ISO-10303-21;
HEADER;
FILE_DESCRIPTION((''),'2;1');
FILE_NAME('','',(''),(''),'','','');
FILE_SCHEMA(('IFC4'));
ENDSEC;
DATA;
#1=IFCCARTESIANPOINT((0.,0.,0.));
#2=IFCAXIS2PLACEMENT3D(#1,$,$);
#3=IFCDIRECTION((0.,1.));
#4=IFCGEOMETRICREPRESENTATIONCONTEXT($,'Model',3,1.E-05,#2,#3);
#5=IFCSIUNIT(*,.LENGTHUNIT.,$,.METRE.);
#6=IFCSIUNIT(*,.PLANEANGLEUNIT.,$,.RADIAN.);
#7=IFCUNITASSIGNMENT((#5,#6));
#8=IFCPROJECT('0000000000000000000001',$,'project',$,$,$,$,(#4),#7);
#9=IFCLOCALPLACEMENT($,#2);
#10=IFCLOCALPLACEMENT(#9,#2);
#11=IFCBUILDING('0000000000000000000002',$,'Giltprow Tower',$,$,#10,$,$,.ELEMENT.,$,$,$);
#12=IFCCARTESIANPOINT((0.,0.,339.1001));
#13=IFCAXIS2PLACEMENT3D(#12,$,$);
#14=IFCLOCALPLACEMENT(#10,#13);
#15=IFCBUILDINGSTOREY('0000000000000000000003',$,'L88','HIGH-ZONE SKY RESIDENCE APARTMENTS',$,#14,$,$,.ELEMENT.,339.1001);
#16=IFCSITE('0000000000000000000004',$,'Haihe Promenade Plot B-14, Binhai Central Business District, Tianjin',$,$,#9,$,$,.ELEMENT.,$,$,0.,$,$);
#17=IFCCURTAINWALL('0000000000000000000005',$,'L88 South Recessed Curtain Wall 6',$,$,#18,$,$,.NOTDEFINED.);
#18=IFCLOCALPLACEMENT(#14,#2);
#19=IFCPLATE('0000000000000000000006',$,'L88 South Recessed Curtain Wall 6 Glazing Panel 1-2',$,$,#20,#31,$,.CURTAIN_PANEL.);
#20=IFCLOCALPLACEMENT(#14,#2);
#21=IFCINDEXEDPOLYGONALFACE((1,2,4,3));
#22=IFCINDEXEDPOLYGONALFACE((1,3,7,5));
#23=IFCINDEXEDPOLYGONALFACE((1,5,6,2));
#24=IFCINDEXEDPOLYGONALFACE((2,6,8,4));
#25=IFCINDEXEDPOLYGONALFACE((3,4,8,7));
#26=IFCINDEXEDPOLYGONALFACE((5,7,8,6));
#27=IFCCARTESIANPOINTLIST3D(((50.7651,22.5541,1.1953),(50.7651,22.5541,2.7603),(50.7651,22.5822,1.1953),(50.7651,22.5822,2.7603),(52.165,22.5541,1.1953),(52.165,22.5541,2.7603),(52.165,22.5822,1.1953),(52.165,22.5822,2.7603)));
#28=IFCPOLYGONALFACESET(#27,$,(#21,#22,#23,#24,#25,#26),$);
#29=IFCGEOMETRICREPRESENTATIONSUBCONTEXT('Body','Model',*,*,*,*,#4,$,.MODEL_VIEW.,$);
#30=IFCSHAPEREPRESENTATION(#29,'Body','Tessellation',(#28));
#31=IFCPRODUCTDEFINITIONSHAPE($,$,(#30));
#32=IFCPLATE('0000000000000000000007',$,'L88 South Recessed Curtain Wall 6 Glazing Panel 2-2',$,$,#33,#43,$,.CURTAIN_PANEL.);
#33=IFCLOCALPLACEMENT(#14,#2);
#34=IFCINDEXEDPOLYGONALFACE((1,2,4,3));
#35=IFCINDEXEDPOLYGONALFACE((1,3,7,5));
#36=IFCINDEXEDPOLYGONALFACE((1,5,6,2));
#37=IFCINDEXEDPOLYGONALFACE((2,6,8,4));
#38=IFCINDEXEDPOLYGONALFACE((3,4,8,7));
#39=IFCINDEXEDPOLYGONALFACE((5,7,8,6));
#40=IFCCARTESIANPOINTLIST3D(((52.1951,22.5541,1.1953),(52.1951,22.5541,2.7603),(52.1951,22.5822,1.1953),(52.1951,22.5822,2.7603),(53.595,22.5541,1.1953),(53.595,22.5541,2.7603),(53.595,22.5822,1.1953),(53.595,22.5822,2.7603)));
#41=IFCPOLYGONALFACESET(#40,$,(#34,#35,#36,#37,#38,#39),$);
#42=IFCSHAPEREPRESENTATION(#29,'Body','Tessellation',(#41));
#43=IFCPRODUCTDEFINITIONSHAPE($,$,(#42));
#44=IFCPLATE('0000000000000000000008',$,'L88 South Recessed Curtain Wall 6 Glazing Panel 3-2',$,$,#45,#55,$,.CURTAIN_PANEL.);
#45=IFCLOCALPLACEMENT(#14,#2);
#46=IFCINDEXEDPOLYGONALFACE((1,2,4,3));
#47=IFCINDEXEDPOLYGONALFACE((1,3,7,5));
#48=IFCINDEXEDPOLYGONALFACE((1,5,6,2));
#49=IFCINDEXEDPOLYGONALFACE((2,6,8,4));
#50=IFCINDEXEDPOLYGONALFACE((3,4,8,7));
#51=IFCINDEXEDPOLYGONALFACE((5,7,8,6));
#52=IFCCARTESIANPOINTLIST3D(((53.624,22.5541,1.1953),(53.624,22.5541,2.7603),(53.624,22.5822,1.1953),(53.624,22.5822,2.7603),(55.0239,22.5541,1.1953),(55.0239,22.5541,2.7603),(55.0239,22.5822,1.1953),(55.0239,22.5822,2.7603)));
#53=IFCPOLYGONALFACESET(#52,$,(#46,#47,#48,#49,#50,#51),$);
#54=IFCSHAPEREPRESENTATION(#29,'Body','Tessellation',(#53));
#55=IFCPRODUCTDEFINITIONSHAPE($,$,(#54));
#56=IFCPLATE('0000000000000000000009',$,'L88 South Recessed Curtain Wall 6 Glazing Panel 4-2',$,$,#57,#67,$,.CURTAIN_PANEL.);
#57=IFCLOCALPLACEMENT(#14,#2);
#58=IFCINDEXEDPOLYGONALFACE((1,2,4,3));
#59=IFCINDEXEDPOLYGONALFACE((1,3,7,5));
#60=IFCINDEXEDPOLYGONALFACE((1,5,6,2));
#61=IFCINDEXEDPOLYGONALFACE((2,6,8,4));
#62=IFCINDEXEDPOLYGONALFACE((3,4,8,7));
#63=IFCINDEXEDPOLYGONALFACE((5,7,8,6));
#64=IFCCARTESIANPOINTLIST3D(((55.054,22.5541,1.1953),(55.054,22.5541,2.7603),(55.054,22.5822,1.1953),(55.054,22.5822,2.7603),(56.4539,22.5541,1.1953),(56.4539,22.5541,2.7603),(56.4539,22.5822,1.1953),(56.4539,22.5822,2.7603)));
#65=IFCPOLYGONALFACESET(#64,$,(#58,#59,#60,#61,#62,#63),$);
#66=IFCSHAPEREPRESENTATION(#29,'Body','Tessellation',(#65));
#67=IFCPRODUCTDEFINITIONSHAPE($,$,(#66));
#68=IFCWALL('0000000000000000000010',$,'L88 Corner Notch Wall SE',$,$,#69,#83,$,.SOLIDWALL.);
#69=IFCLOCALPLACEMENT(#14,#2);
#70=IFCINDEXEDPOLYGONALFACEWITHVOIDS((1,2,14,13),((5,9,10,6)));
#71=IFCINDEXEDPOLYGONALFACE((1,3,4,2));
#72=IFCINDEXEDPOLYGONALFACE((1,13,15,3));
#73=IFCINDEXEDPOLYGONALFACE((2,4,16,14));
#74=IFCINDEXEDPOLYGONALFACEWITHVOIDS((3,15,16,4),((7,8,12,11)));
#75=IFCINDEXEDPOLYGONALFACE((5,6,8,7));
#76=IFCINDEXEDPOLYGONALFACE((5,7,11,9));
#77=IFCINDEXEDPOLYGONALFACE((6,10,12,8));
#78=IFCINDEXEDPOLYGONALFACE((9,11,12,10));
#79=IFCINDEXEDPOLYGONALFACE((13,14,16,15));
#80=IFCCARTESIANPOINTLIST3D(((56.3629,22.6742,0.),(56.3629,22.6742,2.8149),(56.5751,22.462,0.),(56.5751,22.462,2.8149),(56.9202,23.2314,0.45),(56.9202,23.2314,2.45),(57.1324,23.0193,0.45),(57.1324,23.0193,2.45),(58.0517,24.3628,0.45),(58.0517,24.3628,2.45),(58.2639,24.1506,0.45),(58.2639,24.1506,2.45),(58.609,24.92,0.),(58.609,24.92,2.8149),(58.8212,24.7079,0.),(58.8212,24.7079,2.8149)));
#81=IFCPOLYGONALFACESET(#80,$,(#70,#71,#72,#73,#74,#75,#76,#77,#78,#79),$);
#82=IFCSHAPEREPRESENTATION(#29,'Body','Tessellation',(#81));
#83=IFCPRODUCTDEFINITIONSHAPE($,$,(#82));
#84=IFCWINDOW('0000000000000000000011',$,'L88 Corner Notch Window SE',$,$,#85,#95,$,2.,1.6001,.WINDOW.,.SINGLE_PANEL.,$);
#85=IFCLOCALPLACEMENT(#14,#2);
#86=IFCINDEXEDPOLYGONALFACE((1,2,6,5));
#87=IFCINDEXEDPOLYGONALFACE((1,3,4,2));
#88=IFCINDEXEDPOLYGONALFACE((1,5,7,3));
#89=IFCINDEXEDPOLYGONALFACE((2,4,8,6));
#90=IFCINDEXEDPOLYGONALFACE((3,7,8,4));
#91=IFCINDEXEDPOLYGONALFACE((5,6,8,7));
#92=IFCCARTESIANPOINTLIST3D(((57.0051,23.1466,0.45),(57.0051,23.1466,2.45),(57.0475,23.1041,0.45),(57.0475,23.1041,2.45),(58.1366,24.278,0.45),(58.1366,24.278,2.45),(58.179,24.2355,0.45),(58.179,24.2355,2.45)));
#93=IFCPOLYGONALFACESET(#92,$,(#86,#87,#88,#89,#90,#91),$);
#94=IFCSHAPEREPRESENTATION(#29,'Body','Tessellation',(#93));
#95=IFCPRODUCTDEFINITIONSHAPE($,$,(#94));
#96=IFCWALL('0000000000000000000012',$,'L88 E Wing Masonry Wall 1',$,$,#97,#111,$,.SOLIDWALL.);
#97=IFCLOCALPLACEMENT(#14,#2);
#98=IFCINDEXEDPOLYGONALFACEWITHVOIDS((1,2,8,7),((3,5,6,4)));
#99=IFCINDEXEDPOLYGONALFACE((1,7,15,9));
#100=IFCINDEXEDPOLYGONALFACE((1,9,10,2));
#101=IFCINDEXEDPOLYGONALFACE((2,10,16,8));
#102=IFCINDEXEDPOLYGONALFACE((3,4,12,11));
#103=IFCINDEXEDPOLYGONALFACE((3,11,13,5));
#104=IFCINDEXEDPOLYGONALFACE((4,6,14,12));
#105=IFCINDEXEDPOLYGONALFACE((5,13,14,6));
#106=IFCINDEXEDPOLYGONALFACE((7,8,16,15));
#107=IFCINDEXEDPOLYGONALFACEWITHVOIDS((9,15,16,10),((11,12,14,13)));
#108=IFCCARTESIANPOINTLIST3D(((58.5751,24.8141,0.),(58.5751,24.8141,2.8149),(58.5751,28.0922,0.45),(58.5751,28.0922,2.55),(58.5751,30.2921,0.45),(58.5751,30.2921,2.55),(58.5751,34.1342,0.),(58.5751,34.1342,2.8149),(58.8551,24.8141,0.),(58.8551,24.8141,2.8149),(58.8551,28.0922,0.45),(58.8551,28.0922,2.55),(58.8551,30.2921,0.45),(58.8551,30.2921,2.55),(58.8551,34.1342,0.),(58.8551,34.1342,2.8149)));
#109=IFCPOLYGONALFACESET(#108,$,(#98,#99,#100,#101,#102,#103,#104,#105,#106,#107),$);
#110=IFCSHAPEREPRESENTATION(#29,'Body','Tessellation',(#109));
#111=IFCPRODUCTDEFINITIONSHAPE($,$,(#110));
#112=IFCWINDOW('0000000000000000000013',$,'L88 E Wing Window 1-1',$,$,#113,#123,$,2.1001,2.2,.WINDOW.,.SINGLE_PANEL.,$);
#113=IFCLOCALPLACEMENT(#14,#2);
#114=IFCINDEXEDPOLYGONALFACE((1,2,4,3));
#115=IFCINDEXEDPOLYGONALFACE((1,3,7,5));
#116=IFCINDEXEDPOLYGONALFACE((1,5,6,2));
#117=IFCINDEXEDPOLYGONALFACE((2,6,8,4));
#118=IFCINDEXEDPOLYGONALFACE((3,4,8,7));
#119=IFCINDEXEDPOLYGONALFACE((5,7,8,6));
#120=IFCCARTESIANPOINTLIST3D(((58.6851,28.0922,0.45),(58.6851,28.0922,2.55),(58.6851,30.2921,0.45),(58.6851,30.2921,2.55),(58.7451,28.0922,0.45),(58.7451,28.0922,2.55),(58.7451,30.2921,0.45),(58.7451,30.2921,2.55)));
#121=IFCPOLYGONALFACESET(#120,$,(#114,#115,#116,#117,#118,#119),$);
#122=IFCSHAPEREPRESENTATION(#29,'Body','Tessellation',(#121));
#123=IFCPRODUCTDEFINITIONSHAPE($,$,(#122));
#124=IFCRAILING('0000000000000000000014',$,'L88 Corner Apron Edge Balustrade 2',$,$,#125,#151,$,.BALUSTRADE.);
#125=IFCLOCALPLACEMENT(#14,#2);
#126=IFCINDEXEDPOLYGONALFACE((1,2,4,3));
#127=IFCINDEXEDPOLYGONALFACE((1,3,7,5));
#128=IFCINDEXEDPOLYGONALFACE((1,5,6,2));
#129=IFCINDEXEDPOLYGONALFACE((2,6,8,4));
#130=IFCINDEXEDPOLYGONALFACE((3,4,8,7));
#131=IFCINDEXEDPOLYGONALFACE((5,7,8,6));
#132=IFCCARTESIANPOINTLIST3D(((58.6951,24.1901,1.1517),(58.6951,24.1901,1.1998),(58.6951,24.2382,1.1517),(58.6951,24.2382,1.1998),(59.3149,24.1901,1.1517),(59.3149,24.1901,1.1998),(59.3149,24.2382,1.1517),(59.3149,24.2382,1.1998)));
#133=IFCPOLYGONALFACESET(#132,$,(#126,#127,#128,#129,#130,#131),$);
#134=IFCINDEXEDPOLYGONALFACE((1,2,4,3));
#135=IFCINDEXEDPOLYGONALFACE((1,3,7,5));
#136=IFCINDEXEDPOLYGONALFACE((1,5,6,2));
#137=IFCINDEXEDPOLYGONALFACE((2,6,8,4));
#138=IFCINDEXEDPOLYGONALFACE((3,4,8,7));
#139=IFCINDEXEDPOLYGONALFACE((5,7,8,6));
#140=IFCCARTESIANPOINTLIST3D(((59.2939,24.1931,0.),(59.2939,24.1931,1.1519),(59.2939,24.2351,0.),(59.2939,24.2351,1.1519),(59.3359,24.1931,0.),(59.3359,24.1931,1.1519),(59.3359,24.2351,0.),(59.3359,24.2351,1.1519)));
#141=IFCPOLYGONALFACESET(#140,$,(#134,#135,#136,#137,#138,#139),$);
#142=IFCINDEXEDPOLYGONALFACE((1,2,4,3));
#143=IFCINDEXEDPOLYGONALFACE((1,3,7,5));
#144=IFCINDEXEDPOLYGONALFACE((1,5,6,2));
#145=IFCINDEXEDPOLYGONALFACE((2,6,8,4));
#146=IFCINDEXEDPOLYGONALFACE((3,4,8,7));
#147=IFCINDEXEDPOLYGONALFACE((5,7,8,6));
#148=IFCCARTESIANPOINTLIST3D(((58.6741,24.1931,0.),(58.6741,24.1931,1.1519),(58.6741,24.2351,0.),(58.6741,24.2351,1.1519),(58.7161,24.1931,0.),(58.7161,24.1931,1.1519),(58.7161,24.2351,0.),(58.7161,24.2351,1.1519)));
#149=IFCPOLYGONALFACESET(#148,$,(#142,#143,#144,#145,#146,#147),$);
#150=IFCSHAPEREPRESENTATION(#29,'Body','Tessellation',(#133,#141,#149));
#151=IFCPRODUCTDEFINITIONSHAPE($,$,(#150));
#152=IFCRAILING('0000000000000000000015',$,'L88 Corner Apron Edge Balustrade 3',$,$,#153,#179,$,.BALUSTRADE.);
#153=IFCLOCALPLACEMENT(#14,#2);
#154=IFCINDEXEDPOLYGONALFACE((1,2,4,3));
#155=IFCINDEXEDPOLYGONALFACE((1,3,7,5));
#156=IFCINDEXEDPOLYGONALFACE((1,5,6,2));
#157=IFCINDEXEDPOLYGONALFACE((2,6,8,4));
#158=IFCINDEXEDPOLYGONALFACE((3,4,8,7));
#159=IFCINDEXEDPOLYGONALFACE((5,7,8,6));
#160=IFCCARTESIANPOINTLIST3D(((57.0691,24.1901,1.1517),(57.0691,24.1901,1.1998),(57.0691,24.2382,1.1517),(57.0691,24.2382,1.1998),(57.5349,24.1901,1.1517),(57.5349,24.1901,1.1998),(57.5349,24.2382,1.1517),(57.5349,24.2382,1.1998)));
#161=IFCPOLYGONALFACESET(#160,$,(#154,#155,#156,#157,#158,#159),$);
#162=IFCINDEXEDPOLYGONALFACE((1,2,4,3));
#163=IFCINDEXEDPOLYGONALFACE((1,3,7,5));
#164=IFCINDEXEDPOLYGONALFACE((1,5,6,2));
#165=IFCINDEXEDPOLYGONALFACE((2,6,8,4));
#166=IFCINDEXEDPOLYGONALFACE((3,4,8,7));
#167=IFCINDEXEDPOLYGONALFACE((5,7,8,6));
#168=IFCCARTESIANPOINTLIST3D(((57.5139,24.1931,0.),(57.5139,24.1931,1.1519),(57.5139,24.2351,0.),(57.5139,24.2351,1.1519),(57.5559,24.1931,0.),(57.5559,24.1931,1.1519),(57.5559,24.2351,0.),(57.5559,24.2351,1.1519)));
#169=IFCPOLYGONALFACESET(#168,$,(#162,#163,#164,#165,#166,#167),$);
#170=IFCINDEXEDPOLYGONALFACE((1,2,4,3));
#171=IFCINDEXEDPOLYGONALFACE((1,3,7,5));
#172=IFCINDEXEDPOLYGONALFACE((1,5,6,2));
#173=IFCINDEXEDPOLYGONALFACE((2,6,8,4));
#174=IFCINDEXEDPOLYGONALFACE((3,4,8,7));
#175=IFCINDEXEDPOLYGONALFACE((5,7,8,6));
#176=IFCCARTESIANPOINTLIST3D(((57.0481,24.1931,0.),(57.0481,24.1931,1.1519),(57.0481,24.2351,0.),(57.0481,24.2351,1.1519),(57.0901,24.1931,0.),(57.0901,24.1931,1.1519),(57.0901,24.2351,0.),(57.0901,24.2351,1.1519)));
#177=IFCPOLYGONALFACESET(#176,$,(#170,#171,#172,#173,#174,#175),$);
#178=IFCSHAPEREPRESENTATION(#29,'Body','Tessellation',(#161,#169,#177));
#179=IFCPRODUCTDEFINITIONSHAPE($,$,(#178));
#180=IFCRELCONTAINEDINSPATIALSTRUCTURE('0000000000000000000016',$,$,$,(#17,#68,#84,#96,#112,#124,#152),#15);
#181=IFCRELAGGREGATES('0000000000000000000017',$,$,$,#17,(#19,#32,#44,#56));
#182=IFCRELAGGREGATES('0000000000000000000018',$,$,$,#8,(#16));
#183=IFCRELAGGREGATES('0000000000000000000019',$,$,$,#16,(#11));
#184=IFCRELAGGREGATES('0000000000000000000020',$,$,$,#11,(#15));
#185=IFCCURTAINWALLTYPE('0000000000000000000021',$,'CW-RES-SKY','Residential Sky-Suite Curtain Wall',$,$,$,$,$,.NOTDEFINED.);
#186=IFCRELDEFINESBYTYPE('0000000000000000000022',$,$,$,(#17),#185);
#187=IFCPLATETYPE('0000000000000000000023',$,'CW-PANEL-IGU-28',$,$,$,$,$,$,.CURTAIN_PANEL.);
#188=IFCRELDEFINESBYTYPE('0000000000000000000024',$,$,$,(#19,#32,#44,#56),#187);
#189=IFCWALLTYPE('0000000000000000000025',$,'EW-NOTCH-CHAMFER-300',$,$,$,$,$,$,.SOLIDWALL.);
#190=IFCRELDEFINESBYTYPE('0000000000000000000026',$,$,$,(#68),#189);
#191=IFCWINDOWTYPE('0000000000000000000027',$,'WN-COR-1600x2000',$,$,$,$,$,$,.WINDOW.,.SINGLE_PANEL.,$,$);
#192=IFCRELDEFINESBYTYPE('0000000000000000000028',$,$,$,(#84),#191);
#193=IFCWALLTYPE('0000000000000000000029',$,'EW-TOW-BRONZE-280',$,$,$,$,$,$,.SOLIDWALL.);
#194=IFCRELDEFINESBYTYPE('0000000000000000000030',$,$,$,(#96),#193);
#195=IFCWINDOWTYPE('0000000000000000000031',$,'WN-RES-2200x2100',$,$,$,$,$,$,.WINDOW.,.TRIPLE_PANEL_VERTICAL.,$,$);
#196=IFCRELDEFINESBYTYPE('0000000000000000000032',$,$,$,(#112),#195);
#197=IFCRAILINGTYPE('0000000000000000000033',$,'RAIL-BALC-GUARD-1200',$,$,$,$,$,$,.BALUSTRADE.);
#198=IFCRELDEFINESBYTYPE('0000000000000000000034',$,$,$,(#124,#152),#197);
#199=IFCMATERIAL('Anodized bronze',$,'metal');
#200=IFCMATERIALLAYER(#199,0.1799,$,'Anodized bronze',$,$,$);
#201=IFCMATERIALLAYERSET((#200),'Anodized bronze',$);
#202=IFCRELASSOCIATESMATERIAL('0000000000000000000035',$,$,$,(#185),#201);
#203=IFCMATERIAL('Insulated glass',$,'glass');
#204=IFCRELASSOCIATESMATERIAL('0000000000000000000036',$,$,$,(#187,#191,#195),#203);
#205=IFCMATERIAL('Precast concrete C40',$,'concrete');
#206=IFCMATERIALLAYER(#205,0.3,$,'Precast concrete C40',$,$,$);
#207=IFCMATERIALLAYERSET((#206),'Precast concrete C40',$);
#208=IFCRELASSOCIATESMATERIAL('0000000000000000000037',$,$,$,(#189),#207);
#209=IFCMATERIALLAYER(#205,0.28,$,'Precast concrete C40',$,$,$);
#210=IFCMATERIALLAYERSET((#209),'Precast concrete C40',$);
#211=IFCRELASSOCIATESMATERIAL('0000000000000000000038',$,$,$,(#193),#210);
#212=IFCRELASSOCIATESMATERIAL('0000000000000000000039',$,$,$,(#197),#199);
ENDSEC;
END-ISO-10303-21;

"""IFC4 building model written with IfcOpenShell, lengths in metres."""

from ifc_helpers import new_model, si_unit, direction, frame, frame_2d, origin, origin_2d, place, context, subcontext, project, spatial, rectangle, extrude, source, transform, mapped, material, layer, layer_set, type_object, element, fill, aggregate, save


model = new_model("IFC4")

# Units and contexts
model_context = context("Model", 3, precision=1e-05, world=origin(), true_north=direction((0.0, 1.0)))
body_context = subcontext(model_context, "Body", "Model", "MODEL_VIEW")
ifc_project = project(units=[si_unit("LENGTHUNIT", "METRE"), si_unit("PLANEANGLEUNIT", "RADIAN")], contexts=[model_context])

# Site, building, storey
site_placement = place(None, origin())
site = spatial("IfcSite", under=ifc_project, at=site_placement, Name="Haihe Promenade Plot B-14, Binhai Central Business District, Tianjin", CompositionType="ELEMENT", RefElevation=0.0)
building_placement = place(site_placement, origin())
building = spatial("IfcBuilding", under=site, at=building_placement, Name="Giltprow Tower", CompositionType="ELEMENT")
storey_placement = place(building_placement, frame((0.0, 0.0, 339.1001)))
storey = spatial("IfcBuildingStorey", under=building, at=storey_placement, Name="L88", Description="HIGH-ZONE SKY RESIDENCE APARTMENTS", CompositionType="ELEMENT", Elevation=339.1001)

# Curtain wall
ifc_material_1 = material(Name="Anodized bronze", Category="metal")
ifc_layer_1 = layer(ifc_material_1, 0.1799, Name="Anodized bronze")
ifc_layer_set_1 = layer_set([ifc_layer_1], Name="Anodized bronze")
curtain_wall_type = type_object("IfcCurtainWallType", Name="CW-RES-SKY", Description="Residential Sky-Suite Curtain Wall", PredefinedType="NOTDEFINED", material=ifc_layer_set_1)
curtain_wall_placement = place(storey_placement, origin())
curtain_wall = element("IfcCurtainWall", 1, at=curtain_wall_placement, inside=storey, type_object=curtain_wall_type, Name="L88 South Recessed Curtain Wall 6", PredefinedType="NOTDEFINED")

# Plates
ifc_material_2 = material(Name="Insulated glass", Category="glass")
plate_type_1 = type_object("IfcPlateType", Name="CW-PANEL-IGU-28", PredefinedType="CURTAIN_PANEL", material=ifc_material_2)
shared_shape_1 = source(origin(), body_context, "Body", "SweptSolid", [
    extrude(rectangle(XDim=1.3999, YDim=0.0281, at=origin_2d()), origin(), (0.0, 0.0, 1.0), 1.5649),
])
plate_1_placement = place(storey_placement, frame((51.4651, 22.5681, 1.1953), z_axis=(0.0, 0.0, 1.0), x_axis=(1.0, 0.0, 0.0)))
plate_1 = element("IfcPlate", 2, at=plate_1_placement, type_object=plate_type_1, Name="L88 South Recessed Curtain Wall 6 Glazing Panel 1-2", PredefinedType="CURTAIN_PANEL", context=body_context, shape_type="MappedRepresentation", body=[
    mapped(shared_shape_1, transform((0.0, 0.0, 0.0), x_axis=(1.0, 0.0, 0.0), y_axis=(0.0, 1.0, 0.0), z_axis=(0.0, 0.0, 1.0), scale=1.0)),
])
plate_2_placement = place(storey_placement, frame((52.895, 22.5681, 1.1953), z_axis=(0.0, 0.0, 1.0), x_axis=(1.0, 0.0, 0.0)))
plate_2 = element("IfcPlate", 3, at=plate_2_placement, type_object=plate_type_1, Name="L88 South Recessed Curtain Wall 6 Glazing Panel 2-2", PredefinedType="CURTAIN_PANEL", context=body_context, shape_type="MappedRepresentation", body=[
    mapped(shared_shape_1, transform((0.0, 0.0, 0.0), x_axis=(1.0, 0.0, 0.0), y_axis=(0.0, 1.0, 0.0), z_axis=(0.0, 0.0, 1.0), scale=1.0)),
])
plate_3_placement = place(storey_placement, frame((54.324, 22.5681, 1.1953), z_axis=(0.0, 0.0, 1.0), x_axis=(1.0, 0.0, 0.0)))
plate_3 = element("IfcPlate", 4, at=plate_3_placement, type_object=plate_type_1, Name="L88 South Recessed Curtain Wall 6 Glazing Panel 3-2", PredefinedType="CURTAIN_PANEL", context=body_context, shape_type="MappedRepresentation", body=[
    mapped(shared_shape_1, transform((0.0, 0.0, 0.0), x_axis=(1.0, 0.0, 0.0), y_axis=(0.0, 1.0, 0.0), z_axis=(0.0, 0.0, 1.0), scale=1.0)),
])
plate_4_placement = place(storey_placement, frame((55.7539, 22.5681, 1.1953), z_axis=(0.0, 0.0, 1.0), x_axis=(1.0, 0.0, 0.0)))
plate_4 = element("IfcPlate", 5, at=plate_4_placement, type_object=plate_type_1, Name="L88 South Recessed Curtain Wall 6 Glazing Panel 4-2", PredefinedType="CURTAIN_PANEL", context=body_context, shape_type="MappedRepresentation", body=[
    mapped(shared_shape_1, transform((0.0, 0.0, 0.0), x_axis=(1.0, 0.0, 0.0), y_axis=(0.0, 1.0, 0.0), z_axis=(0.0, 0.0, 1.0), scale=1.0)),
])
aggregate(curtain_wall, [plate_1, plate_2, plate_3, plate_4])

# Walls, openings, windows
ifc_material_3 = material(Name="Precast concrete C40", Category="concrete")
ifc_layer_2 = layer(ifc_material_3, 0.3, Name="Precast concrete C40")
ifc_layer_set_2 = layer_set([ifc_layer_2], Name="Precast concrete C40")
wall_type_1 = type_object("IfcWallType", Name="EW-NOTCH-CHAMFER-300", PredefinedType="SOLIDWALL", material=ifc_layer_set_2)
wall_1_placement = place(storey_placement, frame((56.469, 22.5681, 0.0), z_axis=(0.0, 0.0, 1.0), x_axis=(0.707145, 0.707068, 0.0)))
wall_1 = element("IfcWall", 6, at=wall_1_placement, inside=storey, type_object=wall_type_1, Name="L88 Corner Notch Wall SE", PredefinedType="SOLIDWALL", context=body_context, shape_type="SweptSolid", body=[
    extrude(rectangle(XDim=3.1763, YDim=0.3, at=frame_2d((1.5881, 0.0))), origin(), (0.0, 0.0, 1.0), 2.8149),
])
opening_1_placement = place(wall_1_placement, frame((0.7881, 0.0, 0.45)))
opening_1 = element("IfcOpeningElement", 7, at=opening_1_placement, cuts=wall_1, PredefinedType="OPENING", context=body_context, shape_type="SweptSolid", body=[
    extrude(rectangle(XDim=1.6001, YDim=2.0, at=frame_2d((0.8, 1.0))), frame((0.0, 0.1599, 0.0), z_axis=(0.0, -1.0, 0.0), x_axis=(1.0, 0.0, 0.0)), (0.0, 0.0, 1.0), 0.3201),
])
window_type_1 = type_object("IfcWindowType", Name="WN-COR-1600x2000", PartitioningType="SINGLE_PANEL", PredefinedType="WINDOW", material=ifc_material_2)
shared_shape_2 = source(origin(), body_context, "Body", "SweptSolid", [
    extrude(rectangle(XDim=1.6001, YDim=2.0, at=frame_2d((0.8, 1.0))), frame((0.0, 0.03, 0.0), z_axis=(0.0, -1.0, 0.0), x_axis=(1.0, 0.0, 0.0)), (0.0, 0.0, 1.0), 0.0601),
])
window_1_placement = place(opening_1_placement, origin())
window_1 = element("IfcWindow", 8, at=window_1_placement, inside=storey, type_object=window_type_1, Name="L88 Corner Notch Window SE", OverallHeight=2.0, OverallWidth=1.6001, PartitioningType="SINGLE_PANEL", PredefinedType="WINDOW", context=body_context, shape_type="MappedRepresentation", body=[
    mapped(shared_shape_2, transform((0.0, 0.0, 0.0), x_axis=(1.0, 0.0, 0.0), y_axis=(0.0, 1.0, 0.0), z_axis=(0.0, 0.0, 1.0), scale=1.0)),
])
fill(opening_1, window_1)
ifc_layer_3 = layer(ifc_material_3, 0.28, Name="Precast concrete C40")
ifc_layer_set_3 = layer_set([ifc_layer_3], Name="Precast concrete C40")
wall_type_2 = type_object("IfcWallType", Name="EW-TOW-BRONZE-280", PredefinedType="SOLIDWALL", material=ifc_layer_set_3)
wall_2_placement = place(storey_placement, frame((58.7151, 24.814, 0.0), z_axis=(0.0, 0.0, 1.0), x_axis=(0.0, 1.0, 0.0)))
wall_2 = element("IfcWall", 9, at=wall_2_placement, inside=storey, type_object=wall_type_2, Name="L88 E Wing Masonry Wall 1", PredefinedType="SOLIDWALL", context=body_context, shape_type="SweptSolid", body=[
    extrude(rectangle(XDim=9.3201, YDim=0.28, at=frame_2d((4.6602, 0.0))), origin(), (0.0, 0.0, 1.0), 2.8149),
])
opening_2_placement = place(wall_2_placement, frame((3.2781, 0.0, 0.45)))
opening_2 = element("IfcOpeningElement", 10, at=opening_2_placement, cuts=wall_2, PredefinedType="OPENING", context=body_context, shape_type="SweptSolid", body=[
    extrude(rectangle(XDim=2.2, YDim=2.1001, at=frame_2d((1.1001, 1.05))), frame((0.0, 0.1499, 0.0), z_axis=(0.0, -1.0, 0.0), x_axis=(1.0, 0.0, 0.0)), (0.0, 0.0, 1.0), 0.3),
])
window_type_2 = type_object("IfcWindowType", Name="WN-RES-2200x2100", PartitioningType="TRIPLE_PANEL_VERTICAL", PredefinedType="WINDOW", material=ifc_material_2)
shared_shape_3 = source(origin(), body_context, "Body", "SweptSolid", [
    extrude(rectangle(XDim=2.2, YDim=2.1001, at=frame_2d((1.1001, 1.05))), frame((0.0, 0.03, 0.0), z_axis=(0.0, -1.0, 0.0), x_axis=(1.0, 0.0, 0.0)), (0.0, 0.0, 1.0), 0.0601),
])
window_2_placement = place(opening_2_placement, origin())
window_2 = element("IfcWindow", 11, at=window_2_placement, inside=storey, type_object=window_type_2, Name="L88 E Wing Window 1-1", OverallHeight=2.1001, OverallWidth=2.2, PartitioningType="SINGLE_PANEL", PredefinedType="WINDOW", context=body_context, shape_type="MappedRepresentation", body=[
    mapped(shared_shape_3, transform((0.0, 0.0, 0.0), x_axis=(1.0, 0.0, 0.0), y_axis=(0.0, 1.0, 0.0), z_axis=(0.0, 0.0, 1.0), scale=1.0)),
])
fill(opening_2, window_2)

# Railings
railing_type = type_object("IfcRailingType", Name="RAIL-BALC-GUARD-1200", PredefinedType="BALUSTRADE", material=ifc_material_1)
railing_1_placement = place(storey_placement, frame((59.3149, 24.2141, 0.0)))
element("IfcRailing", 12, at=railing_1_placement, inside=storey, type_object=railing_type, Name="L88 Corner Apron Edge Balustrade 2", PredefinedType="BALUSTRADE", context=body_context, shape_type="SweptSolid", body=[
    extrude(rectangle(XDim=0.0481, YDim=0.0481, at=origin_2d()), frame((0.0, 0.0, 1.1758), z_axis=(-1.0, 0.0, 0.0), x_axis=(0.0, -1.0, 0.0)), (0.0, 0.0, 1.0), 0.6199),
    extrude(rectangle(XDim=0.042, YDim=0.042, at=origin_2d()), origin(), (0.0, 0.0, 1.0), 1.1519),
    extrude(rectangle(XDim=0.042, YDim=0.042, at=origin_2d()), frame((-0.6199, 0.0, 0.0)), (0.0, 0.0, 1.0), 1.1519),
])
railing_2_placement = place(storey_placement, frame((57.5349, 24.2141, 0.0)))
element("IfcRailing", 13, at=railing_2_placement, inside=storey, type_object=railing_type, Name="L88 Corner Apron Edge Balustrade 3", PredefinedType="BALUSTRADE", context=body_context, shape_type="SweptSolid", body=[
    extrude(rectangle(XDim=0.0481, YDim=0.0481, at=origin_2d()), frame((0.0, 0.0, 1.1758), z_axis=(-1.0, 0.0, 0.0), x_axis=(0.0, -1.0, 0.0)), (0.0, 0.0, 1.0), 0.4658),
    extrude(rectangle(XDim=0.042, YDim=0.042, at=origin_2d()), origin(), (0.0, 0.0, 1.0), 1.1519),
    extrude(rectangle(XDim=0.042, YDim=0.042, at=origin_2d()), frame((-0.4658, 0.0, 0.0)), (0.0, 0.0, 1.0), 1.1519),
])

save(model, "model.ifc")
